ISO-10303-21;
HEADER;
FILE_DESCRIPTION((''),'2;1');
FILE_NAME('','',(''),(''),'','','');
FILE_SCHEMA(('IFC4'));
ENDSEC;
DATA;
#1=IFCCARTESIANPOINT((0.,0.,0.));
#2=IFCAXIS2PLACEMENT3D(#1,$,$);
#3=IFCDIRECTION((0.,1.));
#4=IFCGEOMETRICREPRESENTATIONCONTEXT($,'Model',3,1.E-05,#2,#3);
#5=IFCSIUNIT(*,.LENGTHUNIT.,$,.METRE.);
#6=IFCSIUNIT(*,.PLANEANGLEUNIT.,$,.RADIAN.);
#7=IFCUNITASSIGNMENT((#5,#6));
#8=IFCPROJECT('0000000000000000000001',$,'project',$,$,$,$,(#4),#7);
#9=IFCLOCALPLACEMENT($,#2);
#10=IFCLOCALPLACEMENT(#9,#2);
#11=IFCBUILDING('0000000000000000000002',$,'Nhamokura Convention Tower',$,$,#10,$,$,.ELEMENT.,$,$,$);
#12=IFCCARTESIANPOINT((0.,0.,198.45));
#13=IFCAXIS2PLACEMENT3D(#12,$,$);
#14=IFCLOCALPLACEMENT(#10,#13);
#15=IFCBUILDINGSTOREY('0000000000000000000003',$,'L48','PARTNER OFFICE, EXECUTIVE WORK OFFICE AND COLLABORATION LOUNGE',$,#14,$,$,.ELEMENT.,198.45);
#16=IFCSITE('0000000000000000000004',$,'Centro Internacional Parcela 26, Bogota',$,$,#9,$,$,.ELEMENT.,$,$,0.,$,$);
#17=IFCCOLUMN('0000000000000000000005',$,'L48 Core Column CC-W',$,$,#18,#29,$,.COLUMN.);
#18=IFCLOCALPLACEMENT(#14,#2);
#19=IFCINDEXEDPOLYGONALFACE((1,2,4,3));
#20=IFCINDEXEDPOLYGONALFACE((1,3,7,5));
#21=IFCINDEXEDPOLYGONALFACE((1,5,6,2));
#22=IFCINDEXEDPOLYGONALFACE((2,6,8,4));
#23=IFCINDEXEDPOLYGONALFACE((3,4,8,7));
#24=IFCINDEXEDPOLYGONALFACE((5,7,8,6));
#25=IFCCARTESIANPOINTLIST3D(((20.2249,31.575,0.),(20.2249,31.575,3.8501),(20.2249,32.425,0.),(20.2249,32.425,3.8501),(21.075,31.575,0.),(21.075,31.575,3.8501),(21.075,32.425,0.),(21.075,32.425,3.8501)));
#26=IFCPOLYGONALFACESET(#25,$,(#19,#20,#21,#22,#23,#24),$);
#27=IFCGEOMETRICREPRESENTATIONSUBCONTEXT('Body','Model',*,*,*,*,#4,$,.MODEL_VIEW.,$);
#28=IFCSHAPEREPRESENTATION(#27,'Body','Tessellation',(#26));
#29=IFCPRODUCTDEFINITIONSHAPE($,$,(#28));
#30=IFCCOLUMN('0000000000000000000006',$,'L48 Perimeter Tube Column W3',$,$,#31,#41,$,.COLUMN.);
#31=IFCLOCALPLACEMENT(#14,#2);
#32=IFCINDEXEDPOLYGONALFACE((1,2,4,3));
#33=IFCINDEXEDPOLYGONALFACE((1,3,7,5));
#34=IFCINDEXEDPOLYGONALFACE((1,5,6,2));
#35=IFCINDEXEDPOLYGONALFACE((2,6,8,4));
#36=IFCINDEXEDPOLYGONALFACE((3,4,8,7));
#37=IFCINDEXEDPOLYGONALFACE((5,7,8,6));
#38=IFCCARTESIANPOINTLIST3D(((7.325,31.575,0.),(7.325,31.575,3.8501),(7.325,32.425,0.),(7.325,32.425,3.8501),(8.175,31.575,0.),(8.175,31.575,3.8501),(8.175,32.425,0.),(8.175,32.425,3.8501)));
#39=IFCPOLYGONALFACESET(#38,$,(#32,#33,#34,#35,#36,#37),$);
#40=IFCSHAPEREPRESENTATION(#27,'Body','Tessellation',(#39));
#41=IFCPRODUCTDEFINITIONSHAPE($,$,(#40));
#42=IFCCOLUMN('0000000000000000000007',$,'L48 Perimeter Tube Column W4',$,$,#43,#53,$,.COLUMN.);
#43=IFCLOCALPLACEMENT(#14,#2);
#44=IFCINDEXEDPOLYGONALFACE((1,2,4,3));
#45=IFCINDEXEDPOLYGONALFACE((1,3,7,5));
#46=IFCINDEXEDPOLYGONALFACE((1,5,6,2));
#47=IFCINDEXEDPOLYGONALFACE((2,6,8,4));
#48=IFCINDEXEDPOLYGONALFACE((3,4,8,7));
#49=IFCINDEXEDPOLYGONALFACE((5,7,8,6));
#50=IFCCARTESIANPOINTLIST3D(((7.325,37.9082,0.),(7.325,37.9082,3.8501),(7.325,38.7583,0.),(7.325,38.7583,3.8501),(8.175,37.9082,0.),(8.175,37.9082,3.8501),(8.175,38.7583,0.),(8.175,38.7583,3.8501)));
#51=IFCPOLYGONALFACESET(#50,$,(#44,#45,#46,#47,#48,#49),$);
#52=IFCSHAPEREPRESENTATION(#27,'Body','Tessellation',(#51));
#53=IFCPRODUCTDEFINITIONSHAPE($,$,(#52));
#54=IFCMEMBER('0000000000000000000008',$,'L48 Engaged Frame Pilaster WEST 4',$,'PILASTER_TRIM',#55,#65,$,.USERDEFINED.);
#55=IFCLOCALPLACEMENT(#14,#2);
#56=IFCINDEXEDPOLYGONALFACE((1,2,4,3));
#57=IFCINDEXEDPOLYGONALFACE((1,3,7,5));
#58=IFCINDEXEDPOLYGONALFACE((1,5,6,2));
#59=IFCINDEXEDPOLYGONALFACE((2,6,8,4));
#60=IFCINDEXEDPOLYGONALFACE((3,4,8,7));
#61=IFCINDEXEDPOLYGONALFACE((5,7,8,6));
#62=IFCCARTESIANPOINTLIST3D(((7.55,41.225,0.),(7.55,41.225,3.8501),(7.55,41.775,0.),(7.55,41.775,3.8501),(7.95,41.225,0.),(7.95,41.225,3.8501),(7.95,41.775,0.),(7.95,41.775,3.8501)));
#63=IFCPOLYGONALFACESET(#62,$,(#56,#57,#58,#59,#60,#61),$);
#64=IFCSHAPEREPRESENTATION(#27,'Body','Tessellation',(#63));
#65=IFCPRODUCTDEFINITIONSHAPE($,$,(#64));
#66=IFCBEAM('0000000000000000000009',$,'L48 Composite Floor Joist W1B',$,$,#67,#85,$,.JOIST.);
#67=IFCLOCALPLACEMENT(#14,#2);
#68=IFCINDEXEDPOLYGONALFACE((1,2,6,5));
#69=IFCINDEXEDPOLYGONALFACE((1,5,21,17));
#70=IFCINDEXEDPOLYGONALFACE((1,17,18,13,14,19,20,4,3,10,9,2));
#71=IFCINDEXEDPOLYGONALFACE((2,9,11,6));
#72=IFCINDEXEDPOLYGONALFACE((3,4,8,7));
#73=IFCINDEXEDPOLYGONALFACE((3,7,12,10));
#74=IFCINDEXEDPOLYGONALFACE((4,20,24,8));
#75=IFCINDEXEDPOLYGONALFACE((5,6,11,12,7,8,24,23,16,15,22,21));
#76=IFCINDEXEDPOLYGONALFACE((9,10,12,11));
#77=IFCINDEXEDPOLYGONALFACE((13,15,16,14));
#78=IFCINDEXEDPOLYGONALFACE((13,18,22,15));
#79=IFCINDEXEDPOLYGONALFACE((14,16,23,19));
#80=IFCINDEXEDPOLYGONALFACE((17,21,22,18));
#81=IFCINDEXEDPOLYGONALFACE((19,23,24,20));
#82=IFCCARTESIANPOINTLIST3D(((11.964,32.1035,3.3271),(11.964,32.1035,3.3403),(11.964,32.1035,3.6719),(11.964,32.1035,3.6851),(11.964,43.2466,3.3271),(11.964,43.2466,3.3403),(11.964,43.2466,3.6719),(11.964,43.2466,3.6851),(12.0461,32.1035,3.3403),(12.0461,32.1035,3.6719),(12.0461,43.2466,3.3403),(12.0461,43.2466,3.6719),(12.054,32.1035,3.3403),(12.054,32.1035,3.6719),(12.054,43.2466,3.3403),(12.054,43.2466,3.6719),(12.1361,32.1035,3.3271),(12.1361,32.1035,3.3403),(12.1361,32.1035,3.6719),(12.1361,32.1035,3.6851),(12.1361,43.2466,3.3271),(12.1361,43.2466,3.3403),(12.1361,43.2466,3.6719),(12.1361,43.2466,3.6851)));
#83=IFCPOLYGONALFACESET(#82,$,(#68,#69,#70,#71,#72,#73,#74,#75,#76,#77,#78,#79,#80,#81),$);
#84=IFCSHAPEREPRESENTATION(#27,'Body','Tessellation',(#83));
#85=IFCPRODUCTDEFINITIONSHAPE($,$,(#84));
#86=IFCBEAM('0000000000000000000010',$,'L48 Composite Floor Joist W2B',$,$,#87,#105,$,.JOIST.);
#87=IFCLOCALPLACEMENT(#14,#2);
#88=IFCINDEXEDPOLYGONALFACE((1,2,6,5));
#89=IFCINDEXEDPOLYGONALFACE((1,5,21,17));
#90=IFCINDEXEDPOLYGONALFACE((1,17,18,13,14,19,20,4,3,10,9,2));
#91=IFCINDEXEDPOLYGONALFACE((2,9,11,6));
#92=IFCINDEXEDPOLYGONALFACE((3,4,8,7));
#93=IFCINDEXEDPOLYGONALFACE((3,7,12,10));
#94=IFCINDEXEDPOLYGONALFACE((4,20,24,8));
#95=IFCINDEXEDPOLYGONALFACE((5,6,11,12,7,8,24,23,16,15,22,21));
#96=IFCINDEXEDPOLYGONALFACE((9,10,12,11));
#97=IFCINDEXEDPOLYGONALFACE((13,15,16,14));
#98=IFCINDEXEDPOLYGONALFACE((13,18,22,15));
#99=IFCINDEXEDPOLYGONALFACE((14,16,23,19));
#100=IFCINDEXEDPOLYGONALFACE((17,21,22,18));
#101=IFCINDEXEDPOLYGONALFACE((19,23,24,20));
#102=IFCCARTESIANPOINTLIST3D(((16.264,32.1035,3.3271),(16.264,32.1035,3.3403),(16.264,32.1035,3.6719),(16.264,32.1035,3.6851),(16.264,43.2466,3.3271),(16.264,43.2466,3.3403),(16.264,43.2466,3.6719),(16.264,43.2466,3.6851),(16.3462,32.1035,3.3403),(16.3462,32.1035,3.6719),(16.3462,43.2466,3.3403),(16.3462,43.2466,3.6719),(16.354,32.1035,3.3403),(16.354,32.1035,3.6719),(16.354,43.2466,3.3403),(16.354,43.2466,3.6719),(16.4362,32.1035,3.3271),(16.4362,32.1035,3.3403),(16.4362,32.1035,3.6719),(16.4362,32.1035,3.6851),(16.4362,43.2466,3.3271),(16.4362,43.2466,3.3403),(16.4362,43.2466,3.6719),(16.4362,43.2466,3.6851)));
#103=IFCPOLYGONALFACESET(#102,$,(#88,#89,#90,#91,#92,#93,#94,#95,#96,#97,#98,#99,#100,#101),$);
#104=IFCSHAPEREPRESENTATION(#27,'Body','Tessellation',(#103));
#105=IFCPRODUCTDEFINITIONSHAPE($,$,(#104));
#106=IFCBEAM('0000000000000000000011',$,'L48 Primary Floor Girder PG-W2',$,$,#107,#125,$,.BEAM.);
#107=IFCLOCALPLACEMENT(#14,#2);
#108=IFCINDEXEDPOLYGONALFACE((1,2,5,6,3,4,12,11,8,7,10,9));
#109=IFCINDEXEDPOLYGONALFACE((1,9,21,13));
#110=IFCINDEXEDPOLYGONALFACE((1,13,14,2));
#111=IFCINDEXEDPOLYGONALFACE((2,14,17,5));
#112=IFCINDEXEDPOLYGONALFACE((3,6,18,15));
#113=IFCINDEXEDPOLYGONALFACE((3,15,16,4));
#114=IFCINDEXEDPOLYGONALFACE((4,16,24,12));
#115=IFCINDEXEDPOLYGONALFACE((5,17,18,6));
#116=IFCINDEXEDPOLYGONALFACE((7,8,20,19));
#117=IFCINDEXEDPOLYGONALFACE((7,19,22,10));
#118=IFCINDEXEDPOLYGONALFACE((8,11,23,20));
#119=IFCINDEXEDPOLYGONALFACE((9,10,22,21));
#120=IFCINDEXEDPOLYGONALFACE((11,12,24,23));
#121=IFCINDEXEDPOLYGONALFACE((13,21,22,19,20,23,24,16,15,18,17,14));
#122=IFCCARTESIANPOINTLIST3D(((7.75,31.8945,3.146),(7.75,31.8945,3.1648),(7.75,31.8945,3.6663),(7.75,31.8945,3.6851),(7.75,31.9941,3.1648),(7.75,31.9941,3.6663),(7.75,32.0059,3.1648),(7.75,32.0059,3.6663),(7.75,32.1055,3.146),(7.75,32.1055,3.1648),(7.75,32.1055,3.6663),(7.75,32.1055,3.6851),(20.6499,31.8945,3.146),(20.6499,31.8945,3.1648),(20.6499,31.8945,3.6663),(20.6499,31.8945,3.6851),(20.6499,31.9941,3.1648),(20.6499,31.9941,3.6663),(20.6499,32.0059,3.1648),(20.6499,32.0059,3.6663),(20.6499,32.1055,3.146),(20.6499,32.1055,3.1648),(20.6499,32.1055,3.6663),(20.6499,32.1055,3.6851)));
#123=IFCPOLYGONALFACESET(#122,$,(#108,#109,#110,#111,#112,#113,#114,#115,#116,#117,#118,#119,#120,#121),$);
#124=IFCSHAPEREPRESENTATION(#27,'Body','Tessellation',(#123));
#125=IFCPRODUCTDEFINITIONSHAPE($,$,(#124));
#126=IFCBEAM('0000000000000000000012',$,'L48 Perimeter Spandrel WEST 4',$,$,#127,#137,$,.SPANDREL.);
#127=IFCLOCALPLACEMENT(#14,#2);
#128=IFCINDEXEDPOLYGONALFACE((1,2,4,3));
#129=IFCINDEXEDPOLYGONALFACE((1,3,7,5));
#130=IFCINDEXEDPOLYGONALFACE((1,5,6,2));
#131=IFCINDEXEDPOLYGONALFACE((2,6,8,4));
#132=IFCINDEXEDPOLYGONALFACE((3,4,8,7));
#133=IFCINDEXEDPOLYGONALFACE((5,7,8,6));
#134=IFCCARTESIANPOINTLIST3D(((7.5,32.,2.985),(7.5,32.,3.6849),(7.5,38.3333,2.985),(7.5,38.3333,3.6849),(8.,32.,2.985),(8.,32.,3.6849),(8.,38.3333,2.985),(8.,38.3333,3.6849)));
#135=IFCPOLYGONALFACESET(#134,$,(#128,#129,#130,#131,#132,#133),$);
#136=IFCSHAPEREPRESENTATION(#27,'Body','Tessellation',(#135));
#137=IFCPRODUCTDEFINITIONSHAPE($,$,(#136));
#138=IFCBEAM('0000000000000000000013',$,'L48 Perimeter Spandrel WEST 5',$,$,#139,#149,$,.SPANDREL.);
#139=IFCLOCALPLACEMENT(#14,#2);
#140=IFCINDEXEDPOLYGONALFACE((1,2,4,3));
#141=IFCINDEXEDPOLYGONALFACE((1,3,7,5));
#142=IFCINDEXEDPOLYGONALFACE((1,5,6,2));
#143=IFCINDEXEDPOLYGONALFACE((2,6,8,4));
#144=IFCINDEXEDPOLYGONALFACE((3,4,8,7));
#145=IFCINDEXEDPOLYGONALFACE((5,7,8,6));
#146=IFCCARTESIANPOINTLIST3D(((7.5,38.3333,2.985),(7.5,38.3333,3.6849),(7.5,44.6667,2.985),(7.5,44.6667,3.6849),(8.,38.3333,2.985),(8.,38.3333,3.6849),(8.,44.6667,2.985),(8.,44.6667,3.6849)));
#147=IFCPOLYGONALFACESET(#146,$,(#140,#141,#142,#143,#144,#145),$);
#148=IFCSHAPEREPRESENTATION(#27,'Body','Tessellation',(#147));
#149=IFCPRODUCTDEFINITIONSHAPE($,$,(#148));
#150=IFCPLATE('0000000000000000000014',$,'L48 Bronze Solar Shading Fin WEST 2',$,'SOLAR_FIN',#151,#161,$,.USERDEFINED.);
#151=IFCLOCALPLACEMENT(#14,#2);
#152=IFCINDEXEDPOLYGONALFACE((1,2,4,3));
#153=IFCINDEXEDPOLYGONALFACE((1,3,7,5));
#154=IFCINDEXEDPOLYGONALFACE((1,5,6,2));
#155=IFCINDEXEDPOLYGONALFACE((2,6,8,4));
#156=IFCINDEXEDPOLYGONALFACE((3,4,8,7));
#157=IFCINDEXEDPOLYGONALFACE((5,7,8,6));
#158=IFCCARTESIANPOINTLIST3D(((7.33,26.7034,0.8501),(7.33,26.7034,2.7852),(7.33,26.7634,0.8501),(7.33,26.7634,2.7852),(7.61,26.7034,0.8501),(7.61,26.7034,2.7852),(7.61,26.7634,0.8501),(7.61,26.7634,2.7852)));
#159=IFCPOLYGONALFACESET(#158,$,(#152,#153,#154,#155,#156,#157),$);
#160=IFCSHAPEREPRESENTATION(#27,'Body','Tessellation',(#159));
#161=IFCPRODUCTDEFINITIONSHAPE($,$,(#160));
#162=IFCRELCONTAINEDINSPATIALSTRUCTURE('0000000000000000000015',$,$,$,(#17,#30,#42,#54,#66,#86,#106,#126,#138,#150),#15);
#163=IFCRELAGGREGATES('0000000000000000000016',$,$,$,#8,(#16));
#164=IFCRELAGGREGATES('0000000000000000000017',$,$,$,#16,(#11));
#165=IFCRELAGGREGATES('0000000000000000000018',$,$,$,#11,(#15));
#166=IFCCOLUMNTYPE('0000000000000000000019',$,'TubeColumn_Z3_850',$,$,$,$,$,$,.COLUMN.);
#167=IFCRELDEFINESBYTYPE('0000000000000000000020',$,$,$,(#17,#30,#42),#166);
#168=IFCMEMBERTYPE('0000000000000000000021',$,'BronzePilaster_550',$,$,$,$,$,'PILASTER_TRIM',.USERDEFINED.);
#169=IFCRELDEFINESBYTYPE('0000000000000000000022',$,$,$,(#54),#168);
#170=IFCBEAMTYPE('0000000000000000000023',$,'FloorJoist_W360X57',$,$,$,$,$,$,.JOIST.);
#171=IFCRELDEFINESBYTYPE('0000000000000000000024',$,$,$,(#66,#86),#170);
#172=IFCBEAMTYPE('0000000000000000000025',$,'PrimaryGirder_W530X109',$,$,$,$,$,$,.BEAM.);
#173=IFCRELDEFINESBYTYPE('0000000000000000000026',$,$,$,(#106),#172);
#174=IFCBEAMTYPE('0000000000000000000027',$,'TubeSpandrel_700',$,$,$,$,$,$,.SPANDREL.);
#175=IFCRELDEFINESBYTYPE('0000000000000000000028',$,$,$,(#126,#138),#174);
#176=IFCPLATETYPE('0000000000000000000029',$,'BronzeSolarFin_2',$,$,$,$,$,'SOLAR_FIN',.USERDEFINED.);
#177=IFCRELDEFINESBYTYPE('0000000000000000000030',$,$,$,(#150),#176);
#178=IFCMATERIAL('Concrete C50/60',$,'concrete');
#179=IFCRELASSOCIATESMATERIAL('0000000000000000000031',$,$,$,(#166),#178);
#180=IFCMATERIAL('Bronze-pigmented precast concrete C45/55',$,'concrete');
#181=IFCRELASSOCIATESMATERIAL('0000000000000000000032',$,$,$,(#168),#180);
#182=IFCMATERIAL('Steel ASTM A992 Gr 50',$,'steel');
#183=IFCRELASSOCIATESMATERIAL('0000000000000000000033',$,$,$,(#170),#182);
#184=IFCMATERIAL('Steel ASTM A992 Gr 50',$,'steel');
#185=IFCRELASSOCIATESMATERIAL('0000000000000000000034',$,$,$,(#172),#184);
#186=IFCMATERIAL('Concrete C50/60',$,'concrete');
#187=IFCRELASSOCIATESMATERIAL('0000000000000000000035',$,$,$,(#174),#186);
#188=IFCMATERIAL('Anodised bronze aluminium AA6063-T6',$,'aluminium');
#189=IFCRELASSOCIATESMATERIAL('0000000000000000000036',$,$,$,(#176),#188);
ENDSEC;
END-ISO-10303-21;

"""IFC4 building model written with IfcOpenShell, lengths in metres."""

from ifc_helpers import new_model, si_unit, direction, frame, origin, origin_2d, place, context, subcontext, project, spatial, rectangle, i_section, extrude, material, material_profile, profile_set, type_object, element, save


model = new_model("IFC4")

# Units and contexts
model_context = context("Model", 3, precision=1e-05, world=origin(), true_north=direction((0.0, 1.0)))
body_context = subcontext(model_context, "Body", "Model", "MODEL_VIEW")
ifc_project = project(units=[si_unit("LENGTHUNIT", "METRE"), si_unit("PLANEANGLEUNIT", "RADIAN")], contexts=[model_context])

# Site, building, storey
site_placement = place(None, origin())
site = spatial("IfcSite", under=ifc_project, at=site_placement, Name="Centro Internacional Parcela 26, Bogota", CompositionType="ELEMENT", RefElevation=0.0)
building_placement = place(site_placement, origin())
building = spatial("IfcBuilding", under=site, at=building_placement, Name="Nhamokura Convention Tower", CompositionType="ELEMENT")
storey_placement = place(building_placement, frame((0.0, 0.0, 198.45)))
storey = spatial("IfcBuildingStorey", under=building, at=storey_placement, Name="L48", Description="PARTNER OFFICE, EXECUTIVE WORK OFFICE AND COLLABORATION LOUNGE", CompositionType="ELEMENT", Elevation=198.45)

# Columns
ifc_material_1 = material(Name="Concrete C50/60", Category="concrete")
ifc_material_profile_1 = material_profile(ifc_material_1, rectangle(XDim=0.8501, YDim=0.8501, at=origin_2d()))
ifc_profile_set_1 = profile_set([ifc_material_profile_1], Name="Concrete C50/60")
column_type = type_object("IfcColumnType", Name="TubeColumn_Z3_850", PredefinedType="COLUMN", material=ifc_profile_set_1)
for number, where, z_axis, x_axis, name in (
    (1, (20.6499, 32.0, 0.0), (0.0, 0.0, 1.0), (1.0, 0.0, 0.0), "L48 Core Column CC-W"),
    (2, (7.75, 32.0, 0.0), (0.0, 0.0, 1.0), (1.0, 0.0, 0.0), "L48 Perimeter Tube Column W3"),
    (3, (7.75, 38.3333, 0.0), (0.0, 0.0, 1.0), (1.0, 0.0, 0.0), "L48 Perimeter Tube Column W4"),
):
    element("IfcColumn", number, at=place(storey_placement, frame(where, z_axis=z_axis, x_axis=x_axis)), inside=storey, type_object=column_type, Name=name, PredefinedType="COLUMN", context=body_context, shape_type="SweptSolid", body=[
        extrude(rectangle(XDim=0.8501, YDim=0.8501, at=origin_2d()), origin(), (0.0, 0.0, 1.0), 3.8501),
    ])

# Member
ifc_material_2 = material(Name="Bronze-pigmented precast concrete C45/55", Category="concrete")
ifc_material_profile_2 = material_profile(ifc_material_2, rectangle(XDim=0.3999, YDim=0.55, at=origin_2d()))
ifc_profile_set_2 = profile_set([ifc_material_profile_2], Name="Bronze-pigmented precast concrete C45/55")
member_type = type_object("IfcMemberType", Name="BronzePilaster_550", ElementType="PILASTER_TRIM", PredefinedType="USERDEFINED", material=ifc_profile_set_2)
member_placement = place(storey_placement, frame((7.75, 41.5, 0.0), z_axis=(0.0, 0.0, 1.0), x_axis=(1.0, 0.0, 0.0)))
element("IfcMember", 4, at=member_placement, inside=storey, type_object=member_type, Name="L48 Engaged Frame Pilaster WEST 4", ObjectType="PILASTER_TRIM", PredefinedType="USERDEFINED", context=body_context, shape_type="SweptSolid", body=[
    extrude(rectangle(XDim=0.3999, YDim=0.55, at=origin_2d()), origin(), (0.0, 0.0, 1.0), 3.8501),
])

# Beams
ifc_material_3 = material(Name="Steel ASTM A992 Gr 50", Category="steel")
ifc_material_profile_3 = material_profile(ifc_material_3, i_section(OverallWidth=0.1721, OverallDepth=0.3579, WebThickness=0.0078, FlangeThickness=0.0132, at=origin_2d()))
ifc_profile_set_3 = profile_set([ifc_material_profile_3], Name="Steel ASTM A992 Gr 50")
beam_type_1 = type_object("IfcBeamType", Name="FloorJoist_W360X57", PredefinedType="JOIST", material=ifc_profile_set_3)
for number, where, z_axis, x_axis, name in (
    (5, (12.05, 32.1035, 3.5061), (0.0, 1.0, 0.0), (-1.0, 0.0, 0.0), "L48 Composite Floor Joist W1B"),
    (6, (16.3501, 32.1035, 3.5061), (0.0, 1.0, 0.0), (-1.0, 0.0, 0.0), "L48 Composite Floor Joist W2B"),
):
    element("IfcBeam", number, at=place(storey_placement, frame(where, z_axis=z_axis, x_axis=x_axis)), inside=storey, type_object=beam_type_1, Name=name, PredefinedType="JOIST", context=body_context, shape_type="SweptSolid", body=[
        extrude(i_section(OverallWidth=0.1721, OverallDepth=0.3579, WebThickness=0.0078, FlangeThickness=0.0132, at=origin_2d()), origin(), (0.0, 0.0, 1.0), 11.1431),
    ])
ifc_material_4 = material(Name="Steel ASTM A992 Gr 50", Category="steel")
ifc_material_profile_4 = material_profile(ifc_material_4, i_section(OverallWidth=0.2109, OverallDepth=0.5391, WebThickness=0.0117, FlangeThickness=0.0188, at=origin_2d()))
ifc_profile_set_4 = profile_set([ifc_material_profile_4], Name="Steel ASTM A992 Gr 50")
beam_type_2 = type_object("IfcBeamType", Name="PrimaryGirder_W530X109", PredefinedType="BEAM", material=ifc_profile_set_4)
beam_1_placement = place(storey_placement, frame((7.75, 32.0, 3.4155), z_axis=(1.0, 0.0, 0.0), x_axis=(0.0, 1.0, 0.0)))
element("IfcBeam", 7, at=beam_1_placement, inside=storey, type_object=beam_type_2, Name="L48 Primary Floor Girder PG-W2", PredefinedType="BEAM", context=body_context, shape_type="SweptSolid", body=[
    extrude(i_section(OverallWidth=0.2109, OverallDepth=0.5391, WebThickness=0.0117, FlangeThickness=0.0188, at=origin_2d()), origin(), (0.0, 0.0, 1.0), 12.8999),
])
ifc_material_5 = material(Name="Concrete C50/60", Category="concrete")
ifc_material_profile_5 = material_profile(ifc_material_5, rectangle(XDim=0.5, YDim=0.7, at=origin_2d()))
ifc_profile_set_5 = profile_set([ifc_material_profile_5], Name="Concrete C50/60")
beam_type_3 = type_object("IfcBeamType", Name="TubeSpandrel_700", PredefinedType="SPANDREL", material=ifc_profile_set_5)
beam_2_placement = place(storey_placement, frame((7.75, 32.0, 3.335), z_axis=(0.0, 1.0, 0.0), x_axis=(-1.0, 0.0, 0.0)))
element("IfcBeam", 8, at=beam_2_placement, inside=storey, type_object=beam_type_3, Name="L48 Perimeter Spandrel WEST 4", PredefinedType="SPANDREL", context=body_context, shape_type="SweptSolid", body=[
    extrude(rectangle(XDim=0.5, YDim=0.7, at=origin_2d()), origin(), (0.0, 0.0, 1.0), 6.3333),
])
beam_3_placement = place(storey_placement, frame((7.75, 38.3333, 3.335), z_axis=(0.0, 1.0, 0.0), x_axis=(-1.0, 0.0, 0.0)))
element("IfcBeam", 9, at=beam_3_placement, inside=storey, type_object=beam_type_3, Name="L48 Perimeter Spandrel WEST 5", PredefinedType="SPANDREL", context=body_context, shape_type="SweptSolid", body=[
    extrude(rectangle(XDim=0.5, YDim=0.7, at=origin_2d()), origin(), (0.0, 0.0, 1.0), 6.3335),
])

# Plate
ifc_material_6 = material(Name="Anodised bronze aluminium AA6063-T6", Category="aluminium")
plate_type = type_object("IfcPlateType", Name="BronzeSolarFin_2", ElementType="SOLAR_FIN", PredefinedType="USERDEFINED", material=ifc_material_6)
plate_placement = place(storey_placement, frame((7.47, 26.7334, 0.8501), z_axis=(0.0, 0.0, 1.0), x_axis=(1.0, 0.0, 0.0)))
element("IfcPlate", 10, at=plate_placement, inside=storey, type_object=plate_type, Name="L48 Bronze Solar Shading Fin WEST 2", ObjectType="SOLAR_FIN", PredefinedType="USERDEFINED", context=body_context, shape_type="SweptSolid", body=[
    extrude(rectangle(XDim=0.28, YDim=0.0601, at=origin_2d()), origin(), (0.0, 0.0, 1.0), 1.9351),
])

save(model, "model.ifc")
